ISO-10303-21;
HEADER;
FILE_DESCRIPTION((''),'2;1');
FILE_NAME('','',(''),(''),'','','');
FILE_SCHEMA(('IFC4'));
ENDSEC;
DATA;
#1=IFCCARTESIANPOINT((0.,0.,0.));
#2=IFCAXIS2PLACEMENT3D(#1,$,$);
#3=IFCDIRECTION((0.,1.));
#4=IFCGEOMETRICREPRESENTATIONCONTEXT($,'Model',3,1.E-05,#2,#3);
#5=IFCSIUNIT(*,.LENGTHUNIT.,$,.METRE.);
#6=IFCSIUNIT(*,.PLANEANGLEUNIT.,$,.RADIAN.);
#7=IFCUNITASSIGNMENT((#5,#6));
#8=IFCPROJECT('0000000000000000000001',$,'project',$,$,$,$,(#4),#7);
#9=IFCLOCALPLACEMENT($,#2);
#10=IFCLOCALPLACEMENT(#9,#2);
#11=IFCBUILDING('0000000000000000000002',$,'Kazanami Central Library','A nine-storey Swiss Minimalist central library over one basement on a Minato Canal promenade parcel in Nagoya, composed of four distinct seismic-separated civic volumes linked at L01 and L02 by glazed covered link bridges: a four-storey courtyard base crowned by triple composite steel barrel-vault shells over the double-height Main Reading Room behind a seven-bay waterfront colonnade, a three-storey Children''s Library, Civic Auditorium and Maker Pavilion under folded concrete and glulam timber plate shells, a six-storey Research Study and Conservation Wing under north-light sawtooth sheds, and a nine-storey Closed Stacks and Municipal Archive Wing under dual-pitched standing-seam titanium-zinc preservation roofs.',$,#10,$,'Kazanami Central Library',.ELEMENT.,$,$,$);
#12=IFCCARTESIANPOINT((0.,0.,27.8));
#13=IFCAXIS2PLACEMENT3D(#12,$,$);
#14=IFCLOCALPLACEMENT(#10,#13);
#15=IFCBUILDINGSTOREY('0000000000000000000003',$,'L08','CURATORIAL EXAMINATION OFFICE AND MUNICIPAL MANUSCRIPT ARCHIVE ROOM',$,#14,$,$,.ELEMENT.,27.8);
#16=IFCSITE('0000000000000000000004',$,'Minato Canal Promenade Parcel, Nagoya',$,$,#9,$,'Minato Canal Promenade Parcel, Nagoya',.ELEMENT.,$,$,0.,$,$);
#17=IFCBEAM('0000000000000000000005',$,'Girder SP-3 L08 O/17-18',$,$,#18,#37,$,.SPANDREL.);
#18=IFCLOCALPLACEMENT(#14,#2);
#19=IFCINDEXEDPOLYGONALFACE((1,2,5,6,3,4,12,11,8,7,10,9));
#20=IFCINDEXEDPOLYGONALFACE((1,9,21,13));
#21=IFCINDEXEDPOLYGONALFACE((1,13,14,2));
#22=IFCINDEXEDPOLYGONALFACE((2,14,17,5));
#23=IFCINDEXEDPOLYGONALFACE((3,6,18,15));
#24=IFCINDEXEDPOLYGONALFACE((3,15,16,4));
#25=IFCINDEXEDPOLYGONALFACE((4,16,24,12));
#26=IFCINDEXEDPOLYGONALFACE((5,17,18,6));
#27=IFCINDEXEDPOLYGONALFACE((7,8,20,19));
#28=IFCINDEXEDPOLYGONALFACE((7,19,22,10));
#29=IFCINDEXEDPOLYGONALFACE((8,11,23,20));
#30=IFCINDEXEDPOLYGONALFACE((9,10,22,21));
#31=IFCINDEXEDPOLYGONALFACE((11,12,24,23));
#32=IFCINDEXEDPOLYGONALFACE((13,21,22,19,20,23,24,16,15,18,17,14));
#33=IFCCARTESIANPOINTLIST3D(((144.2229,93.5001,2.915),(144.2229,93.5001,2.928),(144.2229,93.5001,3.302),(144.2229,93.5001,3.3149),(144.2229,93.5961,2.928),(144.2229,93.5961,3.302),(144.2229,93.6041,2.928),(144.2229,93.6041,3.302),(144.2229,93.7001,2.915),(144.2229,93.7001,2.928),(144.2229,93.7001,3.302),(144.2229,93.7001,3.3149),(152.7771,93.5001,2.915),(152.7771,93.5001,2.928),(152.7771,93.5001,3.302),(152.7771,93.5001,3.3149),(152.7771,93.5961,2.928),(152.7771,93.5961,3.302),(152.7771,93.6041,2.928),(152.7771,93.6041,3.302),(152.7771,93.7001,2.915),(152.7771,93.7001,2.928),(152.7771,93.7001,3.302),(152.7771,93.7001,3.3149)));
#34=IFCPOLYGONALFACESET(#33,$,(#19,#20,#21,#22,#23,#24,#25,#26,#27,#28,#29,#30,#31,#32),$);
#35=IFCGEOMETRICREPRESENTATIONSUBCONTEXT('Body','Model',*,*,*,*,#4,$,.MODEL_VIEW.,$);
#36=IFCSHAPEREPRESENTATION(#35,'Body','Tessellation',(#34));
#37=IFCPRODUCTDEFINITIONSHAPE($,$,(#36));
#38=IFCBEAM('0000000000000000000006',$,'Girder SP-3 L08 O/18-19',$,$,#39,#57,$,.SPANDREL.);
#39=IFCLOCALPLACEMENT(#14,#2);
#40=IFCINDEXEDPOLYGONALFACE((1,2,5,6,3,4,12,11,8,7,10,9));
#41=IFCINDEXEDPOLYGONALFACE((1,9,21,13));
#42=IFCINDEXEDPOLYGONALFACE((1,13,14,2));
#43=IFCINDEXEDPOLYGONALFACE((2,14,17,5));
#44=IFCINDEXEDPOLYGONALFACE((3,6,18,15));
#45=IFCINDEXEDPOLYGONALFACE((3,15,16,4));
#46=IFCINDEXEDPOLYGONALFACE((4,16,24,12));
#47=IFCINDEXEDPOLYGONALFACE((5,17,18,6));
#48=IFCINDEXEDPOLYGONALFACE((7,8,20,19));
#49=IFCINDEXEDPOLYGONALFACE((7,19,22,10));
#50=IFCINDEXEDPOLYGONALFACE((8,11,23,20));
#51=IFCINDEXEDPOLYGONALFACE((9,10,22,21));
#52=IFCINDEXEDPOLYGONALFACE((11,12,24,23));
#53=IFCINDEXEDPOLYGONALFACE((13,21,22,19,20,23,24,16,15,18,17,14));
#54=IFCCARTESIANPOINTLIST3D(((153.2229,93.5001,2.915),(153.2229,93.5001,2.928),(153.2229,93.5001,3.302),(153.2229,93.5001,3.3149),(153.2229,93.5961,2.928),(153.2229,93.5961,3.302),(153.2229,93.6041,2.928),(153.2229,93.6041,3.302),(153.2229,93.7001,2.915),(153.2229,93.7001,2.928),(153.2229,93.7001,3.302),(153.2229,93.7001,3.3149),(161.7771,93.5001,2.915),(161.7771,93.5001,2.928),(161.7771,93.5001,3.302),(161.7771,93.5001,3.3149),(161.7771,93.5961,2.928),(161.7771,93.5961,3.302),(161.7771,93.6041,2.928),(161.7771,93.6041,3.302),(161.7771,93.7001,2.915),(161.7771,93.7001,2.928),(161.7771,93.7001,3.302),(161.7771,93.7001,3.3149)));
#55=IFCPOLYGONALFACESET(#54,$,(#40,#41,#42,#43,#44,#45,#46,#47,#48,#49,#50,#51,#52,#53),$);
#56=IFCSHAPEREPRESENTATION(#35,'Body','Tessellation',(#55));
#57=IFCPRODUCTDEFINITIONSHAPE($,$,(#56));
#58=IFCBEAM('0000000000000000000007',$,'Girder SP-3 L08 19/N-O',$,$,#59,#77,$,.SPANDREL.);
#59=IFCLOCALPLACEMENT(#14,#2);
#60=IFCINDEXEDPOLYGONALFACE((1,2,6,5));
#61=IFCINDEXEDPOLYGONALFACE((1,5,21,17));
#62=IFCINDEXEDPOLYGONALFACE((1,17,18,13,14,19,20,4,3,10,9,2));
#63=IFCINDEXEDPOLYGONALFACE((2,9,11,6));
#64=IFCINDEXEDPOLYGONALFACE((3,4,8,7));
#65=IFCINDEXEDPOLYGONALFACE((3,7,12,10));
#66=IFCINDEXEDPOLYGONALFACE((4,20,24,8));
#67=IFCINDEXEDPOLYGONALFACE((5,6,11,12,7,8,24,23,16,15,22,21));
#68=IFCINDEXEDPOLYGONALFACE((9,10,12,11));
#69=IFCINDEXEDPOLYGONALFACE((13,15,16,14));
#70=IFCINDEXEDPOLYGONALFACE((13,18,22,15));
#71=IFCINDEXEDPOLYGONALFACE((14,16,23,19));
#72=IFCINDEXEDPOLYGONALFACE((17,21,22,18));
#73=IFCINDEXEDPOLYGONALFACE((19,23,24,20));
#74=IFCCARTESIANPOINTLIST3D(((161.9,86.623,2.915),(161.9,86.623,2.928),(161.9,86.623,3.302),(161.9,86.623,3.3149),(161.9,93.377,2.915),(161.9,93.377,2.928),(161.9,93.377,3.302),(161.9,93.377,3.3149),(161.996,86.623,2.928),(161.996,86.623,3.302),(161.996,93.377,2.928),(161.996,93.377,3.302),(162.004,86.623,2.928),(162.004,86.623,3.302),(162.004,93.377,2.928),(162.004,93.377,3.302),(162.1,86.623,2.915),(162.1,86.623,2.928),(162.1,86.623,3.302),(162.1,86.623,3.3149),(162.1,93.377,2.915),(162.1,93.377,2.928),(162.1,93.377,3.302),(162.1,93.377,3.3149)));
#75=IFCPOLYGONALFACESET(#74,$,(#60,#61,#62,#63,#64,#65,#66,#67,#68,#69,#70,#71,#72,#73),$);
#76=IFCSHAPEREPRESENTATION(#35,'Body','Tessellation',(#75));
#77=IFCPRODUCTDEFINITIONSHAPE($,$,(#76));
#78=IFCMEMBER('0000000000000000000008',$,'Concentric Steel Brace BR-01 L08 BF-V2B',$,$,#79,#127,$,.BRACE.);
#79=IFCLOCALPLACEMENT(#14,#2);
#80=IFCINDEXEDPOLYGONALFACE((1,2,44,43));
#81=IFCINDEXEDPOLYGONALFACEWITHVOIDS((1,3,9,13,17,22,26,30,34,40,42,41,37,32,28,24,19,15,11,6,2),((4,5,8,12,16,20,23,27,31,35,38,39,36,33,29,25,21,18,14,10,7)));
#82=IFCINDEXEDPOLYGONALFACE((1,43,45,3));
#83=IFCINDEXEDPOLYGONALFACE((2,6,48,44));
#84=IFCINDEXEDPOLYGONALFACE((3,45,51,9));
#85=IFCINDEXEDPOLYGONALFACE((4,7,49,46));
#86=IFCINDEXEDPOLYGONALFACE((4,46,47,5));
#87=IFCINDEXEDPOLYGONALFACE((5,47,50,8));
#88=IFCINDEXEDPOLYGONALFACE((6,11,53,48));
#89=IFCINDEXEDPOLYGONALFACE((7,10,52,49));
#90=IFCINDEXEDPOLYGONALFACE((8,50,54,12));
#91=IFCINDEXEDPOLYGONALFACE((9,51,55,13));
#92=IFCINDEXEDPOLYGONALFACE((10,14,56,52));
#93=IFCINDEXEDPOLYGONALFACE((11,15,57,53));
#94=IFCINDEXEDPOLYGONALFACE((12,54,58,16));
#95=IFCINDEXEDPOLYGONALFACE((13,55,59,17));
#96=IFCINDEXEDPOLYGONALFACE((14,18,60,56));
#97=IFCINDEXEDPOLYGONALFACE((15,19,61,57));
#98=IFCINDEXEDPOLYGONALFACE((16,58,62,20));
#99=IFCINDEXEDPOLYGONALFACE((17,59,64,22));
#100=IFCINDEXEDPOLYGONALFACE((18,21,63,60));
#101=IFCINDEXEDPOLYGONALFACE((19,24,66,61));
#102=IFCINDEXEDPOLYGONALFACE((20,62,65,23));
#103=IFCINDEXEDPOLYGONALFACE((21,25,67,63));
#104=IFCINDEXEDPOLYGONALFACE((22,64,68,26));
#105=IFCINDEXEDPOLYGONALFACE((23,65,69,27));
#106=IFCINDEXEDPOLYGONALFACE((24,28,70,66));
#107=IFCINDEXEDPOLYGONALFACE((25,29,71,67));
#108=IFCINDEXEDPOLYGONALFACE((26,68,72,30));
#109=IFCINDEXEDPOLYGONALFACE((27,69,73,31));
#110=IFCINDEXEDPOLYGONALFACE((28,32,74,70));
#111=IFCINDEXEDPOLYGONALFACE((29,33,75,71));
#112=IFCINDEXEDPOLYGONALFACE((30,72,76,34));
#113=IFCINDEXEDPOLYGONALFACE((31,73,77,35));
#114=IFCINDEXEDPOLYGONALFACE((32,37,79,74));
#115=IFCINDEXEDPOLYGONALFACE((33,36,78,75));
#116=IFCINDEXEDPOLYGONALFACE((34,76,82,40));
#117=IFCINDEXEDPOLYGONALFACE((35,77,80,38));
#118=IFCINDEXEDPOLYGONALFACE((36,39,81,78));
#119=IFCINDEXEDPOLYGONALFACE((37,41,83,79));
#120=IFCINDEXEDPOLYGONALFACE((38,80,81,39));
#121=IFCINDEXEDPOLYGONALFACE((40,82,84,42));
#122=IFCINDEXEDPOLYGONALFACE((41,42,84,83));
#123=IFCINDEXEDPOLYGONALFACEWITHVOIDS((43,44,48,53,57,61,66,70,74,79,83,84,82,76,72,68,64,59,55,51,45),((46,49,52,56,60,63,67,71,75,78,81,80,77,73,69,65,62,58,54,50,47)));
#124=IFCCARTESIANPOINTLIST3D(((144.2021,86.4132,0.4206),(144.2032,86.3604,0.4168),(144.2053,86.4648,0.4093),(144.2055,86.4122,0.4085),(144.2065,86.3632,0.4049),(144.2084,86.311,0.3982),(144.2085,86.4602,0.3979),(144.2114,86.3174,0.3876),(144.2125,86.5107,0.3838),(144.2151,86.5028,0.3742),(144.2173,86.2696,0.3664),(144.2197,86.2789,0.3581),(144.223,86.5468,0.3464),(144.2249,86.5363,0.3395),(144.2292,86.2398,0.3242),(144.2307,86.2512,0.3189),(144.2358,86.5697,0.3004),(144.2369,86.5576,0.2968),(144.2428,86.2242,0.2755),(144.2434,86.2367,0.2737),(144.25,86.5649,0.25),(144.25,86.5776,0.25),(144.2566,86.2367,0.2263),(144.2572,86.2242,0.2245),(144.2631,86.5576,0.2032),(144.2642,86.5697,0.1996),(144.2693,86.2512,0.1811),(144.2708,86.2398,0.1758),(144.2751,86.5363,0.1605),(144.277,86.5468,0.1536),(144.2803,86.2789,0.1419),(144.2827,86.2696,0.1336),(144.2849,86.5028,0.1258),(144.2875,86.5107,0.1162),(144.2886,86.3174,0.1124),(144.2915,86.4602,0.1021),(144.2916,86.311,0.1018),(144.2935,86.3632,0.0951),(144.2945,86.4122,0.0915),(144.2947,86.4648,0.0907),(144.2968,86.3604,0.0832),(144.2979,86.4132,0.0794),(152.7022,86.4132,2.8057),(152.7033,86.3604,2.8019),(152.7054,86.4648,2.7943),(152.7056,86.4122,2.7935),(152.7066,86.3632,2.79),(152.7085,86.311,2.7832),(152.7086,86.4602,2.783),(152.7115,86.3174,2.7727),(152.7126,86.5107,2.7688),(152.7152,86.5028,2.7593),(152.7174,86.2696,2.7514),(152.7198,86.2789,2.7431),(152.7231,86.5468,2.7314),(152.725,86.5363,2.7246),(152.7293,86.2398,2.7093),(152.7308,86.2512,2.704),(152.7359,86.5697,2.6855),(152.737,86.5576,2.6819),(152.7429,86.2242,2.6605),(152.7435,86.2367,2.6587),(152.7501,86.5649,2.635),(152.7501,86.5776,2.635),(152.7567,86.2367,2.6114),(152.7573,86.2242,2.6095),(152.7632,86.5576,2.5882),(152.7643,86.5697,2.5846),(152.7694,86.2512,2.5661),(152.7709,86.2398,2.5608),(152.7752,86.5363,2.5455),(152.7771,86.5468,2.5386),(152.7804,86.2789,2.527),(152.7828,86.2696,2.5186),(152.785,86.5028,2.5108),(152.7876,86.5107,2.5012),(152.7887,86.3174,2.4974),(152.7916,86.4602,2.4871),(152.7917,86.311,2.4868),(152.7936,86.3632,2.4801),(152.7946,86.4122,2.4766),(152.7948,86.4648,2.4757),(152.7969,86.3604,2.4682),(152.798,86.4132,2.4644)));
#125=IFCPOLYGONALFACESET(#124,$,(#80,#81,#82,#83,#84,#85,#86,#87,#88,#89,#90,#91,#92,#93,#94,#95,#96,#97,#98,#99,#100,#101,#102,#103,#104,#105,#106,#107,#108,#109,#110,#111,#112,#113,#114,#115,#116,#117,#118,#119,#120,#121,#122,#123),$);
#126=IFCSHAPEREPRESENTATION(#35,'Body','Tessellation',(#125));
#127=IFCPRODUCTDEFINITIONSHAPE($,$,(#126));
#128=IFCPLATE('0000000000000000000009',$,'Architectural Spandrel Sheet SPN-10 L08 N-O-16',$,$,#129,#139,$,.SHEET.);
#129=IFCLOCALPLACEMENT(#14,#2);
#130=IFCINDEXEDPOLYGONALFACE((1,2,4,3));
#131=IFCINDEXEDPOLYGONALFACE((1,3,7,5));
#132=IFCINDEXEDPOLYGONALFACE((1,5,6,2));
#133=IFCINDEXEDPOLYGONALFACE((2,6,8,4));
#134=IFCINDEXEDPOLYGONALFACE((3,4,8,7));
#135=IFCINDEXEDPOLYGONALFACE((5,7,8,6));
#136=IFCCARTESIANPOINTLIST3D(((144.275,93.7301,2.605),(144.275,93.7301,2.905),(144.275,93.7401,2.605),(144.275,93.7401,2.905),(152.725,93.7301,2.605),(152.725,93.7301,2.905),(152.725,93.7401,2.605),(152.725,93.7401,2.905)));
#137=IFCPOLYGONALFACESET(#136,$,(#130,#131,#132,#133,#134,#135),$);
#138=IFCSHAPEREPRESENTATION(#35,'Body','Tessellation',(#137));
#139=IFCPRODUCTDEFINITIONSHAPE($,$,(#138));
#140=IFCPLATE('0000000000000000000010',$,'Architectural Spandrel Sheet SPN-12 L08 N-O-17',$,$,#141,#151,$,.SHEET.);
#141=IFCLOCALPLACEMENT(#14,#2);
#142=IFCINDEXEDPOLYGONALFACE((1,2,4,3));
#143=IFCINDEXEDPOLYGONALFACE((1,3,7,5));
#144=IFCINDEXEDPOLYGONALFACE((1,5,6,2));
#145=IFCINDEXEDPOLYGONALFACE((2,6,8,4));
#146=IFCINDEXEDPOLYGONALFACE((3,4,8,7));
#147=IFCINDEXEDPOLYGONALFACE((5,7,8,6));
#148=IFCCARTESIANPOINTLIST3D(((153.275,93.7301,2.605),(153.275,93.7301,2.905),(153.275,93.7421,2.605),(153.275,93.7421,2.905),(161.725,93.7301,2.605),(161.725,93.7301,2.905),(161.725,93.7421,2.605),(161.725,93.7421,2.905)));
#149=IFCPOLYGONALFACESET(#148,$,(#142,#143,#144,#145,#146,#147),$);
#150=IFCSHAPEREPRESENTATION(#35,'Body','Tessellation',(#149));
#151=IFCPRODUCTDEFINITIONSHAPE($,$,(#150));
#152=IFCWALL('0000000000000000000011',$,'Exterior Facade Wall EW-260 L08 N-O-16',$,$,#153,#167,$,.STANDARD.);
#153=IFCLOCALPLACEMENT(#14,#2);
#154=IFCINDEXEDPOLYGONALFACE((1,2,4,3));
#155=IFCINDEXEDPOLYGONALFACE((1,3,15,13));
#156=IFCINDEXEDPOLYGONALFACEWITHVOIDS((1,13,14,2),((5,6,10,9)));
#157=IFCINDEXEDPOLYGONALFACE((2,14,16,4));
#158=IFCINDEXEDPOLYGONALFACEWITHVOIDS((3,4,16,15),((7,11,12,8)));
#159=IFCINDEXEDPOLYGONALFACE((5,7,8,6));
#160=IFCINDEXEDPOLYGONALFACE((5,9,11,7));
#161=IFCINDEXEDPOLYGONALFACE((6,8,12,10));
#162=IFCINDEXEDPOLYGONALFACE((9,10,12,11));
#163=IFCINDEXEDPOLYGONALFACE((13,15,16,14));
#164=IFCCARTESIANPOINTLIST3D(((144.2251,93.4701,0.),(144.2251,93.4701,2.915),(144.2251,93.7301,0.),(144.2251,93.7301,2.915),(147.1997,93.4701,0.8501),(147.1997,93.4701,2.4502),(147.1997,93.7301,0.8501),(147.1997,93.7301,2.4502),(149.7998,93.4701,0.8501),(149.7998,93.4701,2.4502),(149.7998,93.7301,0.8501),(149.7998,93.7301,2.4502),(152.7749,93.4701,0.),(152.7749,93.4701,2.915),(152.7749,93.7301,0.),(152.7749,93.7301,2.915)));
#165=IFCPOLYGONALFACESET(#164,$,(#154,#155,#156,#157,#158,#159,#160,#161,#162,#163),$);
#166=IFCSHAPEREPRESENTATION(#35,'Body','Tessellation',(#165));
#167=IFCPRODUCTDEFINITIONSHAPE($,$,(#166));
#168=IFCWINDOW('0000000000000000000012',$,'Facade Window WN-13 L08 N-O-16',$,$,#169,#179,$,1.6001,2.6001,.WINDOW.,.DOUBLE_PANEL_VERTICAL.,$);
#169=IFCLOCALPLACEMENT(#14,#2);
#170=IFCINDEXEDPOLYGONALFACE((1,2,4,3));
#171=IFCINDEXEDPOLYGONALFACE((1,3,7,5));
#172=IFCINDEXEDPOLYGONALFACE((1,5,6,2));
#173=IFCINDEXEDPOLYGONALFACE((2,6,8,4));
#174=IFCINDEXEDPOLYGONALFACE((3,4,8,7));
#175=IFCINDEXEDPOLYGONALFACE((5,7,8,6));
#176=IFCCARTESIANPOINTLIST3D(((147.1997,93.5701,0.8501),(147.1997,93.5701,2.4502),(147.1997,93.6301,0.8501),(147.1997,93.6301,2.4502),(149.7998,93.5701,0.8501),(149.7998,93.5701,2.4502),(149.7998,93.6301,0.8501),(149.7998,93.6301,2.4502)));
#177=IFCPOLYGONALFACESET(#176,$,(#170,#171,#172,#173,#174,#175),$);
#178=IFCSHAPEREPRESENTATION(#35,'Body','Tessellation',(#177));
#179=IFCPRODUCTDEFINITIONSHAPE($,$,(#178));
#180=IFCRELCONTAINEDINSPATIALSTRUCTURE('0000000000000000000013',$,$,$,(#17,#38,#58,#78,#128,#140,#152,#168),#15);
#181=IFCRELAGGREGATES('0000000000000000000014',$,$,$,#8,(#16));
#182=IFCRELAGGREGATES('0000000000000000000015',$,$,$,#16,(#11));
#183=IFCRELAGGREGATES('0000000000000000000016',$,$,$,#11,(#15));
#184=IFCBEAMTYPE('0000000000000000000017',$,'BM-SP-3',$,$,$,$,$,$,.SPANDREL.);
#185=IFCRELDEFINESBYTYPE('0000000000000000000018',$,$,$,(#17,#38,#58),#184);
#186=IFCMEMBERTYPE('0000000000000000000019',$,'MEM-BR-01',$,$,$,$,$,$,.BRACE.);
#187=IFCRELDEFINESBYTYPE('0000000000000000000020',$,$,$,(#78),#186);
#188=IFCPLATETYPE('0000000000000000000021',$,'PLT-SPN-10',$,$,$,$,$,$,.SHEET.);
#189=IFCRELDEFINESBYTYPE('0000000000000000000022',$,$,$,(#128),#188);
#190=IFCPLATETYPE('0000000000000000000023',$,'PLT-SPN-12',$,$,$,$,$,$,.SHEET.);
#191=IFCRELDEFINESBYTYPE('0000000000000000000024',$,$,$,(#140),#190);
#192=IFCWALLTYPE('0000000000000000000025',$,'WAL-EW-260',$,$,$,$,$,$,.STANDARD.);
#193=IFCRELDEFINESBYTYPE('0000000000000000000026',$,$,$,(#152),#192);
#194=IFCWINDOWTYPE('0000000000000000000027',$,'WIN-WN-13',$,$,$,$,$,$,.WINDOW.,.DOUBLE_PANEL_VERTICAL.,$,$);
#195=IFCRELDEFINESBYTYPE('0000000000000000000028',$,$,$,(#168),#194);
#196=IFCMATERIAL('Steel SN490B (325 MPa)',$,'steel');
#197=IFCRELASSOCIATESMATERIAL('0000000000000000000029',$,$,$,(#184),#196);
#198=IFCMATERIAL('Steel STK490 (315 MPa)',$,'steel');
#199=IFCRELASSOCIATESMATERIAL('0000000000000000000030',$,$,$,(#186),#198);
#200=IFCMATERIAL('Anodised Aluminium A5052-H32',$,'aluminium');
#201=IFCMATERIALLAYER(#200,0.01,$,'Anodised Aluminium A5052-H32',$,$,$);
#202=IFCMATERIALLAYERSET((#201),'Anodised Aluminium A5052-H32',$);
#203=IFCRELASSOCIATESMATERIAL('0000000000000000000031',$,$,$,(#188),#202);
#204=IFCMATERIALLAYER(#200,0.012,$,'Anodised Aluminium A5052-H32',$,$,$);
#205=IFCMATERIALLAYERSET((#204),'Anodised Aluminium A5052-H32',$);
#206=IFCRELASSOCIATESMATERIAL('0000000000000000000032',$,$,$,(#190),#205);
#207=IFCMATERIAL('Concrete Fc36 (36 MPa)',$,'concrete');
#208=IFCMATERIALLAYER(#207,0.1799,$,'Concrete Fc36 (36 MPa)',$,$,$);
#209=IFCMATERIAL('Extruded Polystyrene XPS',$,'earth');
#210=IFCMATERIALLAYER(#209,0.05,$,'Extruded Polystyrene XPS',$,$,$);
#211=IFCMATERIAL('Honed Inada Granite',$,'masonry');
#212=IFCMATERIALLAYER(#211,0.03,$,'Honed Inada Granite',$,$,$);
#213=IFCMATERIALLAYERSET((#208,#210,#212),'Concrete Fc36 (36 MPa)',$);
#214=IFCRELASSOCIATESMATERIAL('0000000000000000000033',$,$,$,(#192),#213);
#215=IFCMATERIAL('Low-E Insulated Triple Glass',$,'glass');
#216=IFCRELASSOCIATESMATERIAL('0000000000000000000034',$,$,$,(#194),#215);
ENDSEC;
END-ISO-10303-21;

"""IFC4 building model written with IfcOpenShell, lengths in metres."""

from ifc_helpers import new_model, si_unit, direction, frame, frame_2d, origin, origin_2d, place, context, subcontext, project, spatial, rectangle, hollow_circle, i_section, extrude, material, layer, layer_set, material_profile, profile_set, type_object, element, fill, save


model = new_model("IFC4")

# Units and contexts
model_context = context("Model", 3, precision=1e-05, world=origin(), true_north=direction((0.0, 1.0)))
body_context = subcontext(model_context, "Body", "Model", "MODEL_VIEW")
ifc_project = project(units=[si_unit("LENGTHUNIT", "METRE"), si_unit("PLANEANGLEUNIT", "RADIAN")], contexts=[model_context])

# Site, building, storey
site_placement = place(None, origin())
site = spatial("IfcSite", under=ifc_project, at=site_placement, Name="Minato Canal Promenade Parcel, Nagoya", LongName="Minato Canal Promenade Parcel, Nagoya", CompositionType="ELEMENT", RefElevation=0.0)
building_placement = place(site_placement, origin())
building = spatial("IfcBuilding", under=site, at=building_placement, Name="Kazanami Central Library", Description="A nine-storey Swiss Minimalist central library over one basement on a Minato Canal promenade parcel in Nagoya, composed of four distinct seismic-separated civic volumes linked at L01 and L02 by glazed covered link bridges: a four-storey courtyard base crowned by triple composite steel barrel-vault shells over the double-height Main Reading Room behind a seven-bay waterfront colonnade, a three-storey Children's Library, Civic Auditorium and Maker Pavilion under folded concrete and glulam timber plate shells, a six-storey Research Study and Conservation Wing under north-light sawtooth sheds, and a nine-storey Closed Stacks and Municipal Archive Wing under dual-pitched standing-seam titanium-zinc preservation roofs.", LongName="Kazanami Central Library", CompositionType="ELEMENT")
storey_placement = place(building_placement, frame((0.0, 0.0, 27.8)))
storey = spatial("IfcBuildingStorey", under=building, at=storey_placement, Name="L08", Description="CURATORIAL EXAMINATION OFFICE AND MUNICIPAL MANUSCRIPT ARCHIVE ROOM", CompositionType="ELEMENT", Elevation=27.8)

# Beams
ifc_material_1 = material(Name="Steel SN490B (325 MPa)", Category="steel")
ifc_material_profile_1 = material_profile(ifc_material_1, i_section(OverallWidth=0.2, OverallDepth=0.3999, WebThickness=0.0081, FlangeThickness=0.0129, at=origin_2d()), Name="H-400x200x8x13")
ifc_profile_set_1 = profile_set([ifc_material_profile_1], Name="Steel SN490B (325 MPa)")
beam_type_1 = type_object("IfcBeamType", Name="BM-SP-3", PredefinedType="SPANDREL", material=ifc_profile_set_1)
for number, where, z_axis, x_axis, name in (
    (1, (144.2229, 93.6001, 3.115), (1.0, 0.0, 0.0), (0.0, 1.0, 0.0), "Girder SP-3 L08 O/17-18"),
    (2, (153.2229, 93.6001, 3.115), (1.0, 0.0, 0.0), (0.0, 1.0, 0.0), "Girder SP-3 L08 O/18-19"),
):
    element("IfcBeam", number, at=place(storey_placement, frame(where, z_axis=z_axis, x_axis=x_axis)), inside=storey, type_object=beam_type_1, Name=name, PredefinedType="SPANDREL", context=body_context, shape_type="SweptSolid", body=[
        extrude(i_section(OverallWidth=0.2, OverallDepth=0.3999, WebThickness=0.0081, FlangeThickness=0.0129, at=origin_2d()), origin(), (0.0, 0.0, 1.0), 8.5542),
    ])
beam_1_placement = place(storey_placement, frame((162.0, 86.623, 3.115), z_axis=(0.0, 1.0, 0.0), x_axis=(-1.0, 0.0, 0.0)))
element("IfcBeam", 3, at=beam_1_placement, inside=storey, type_object=beam_type_1, Name="Girder SP-3 L08 19/N-O", PredefinedType="SPANDREL", context=body_context, shape_type="SweptSolid", body=[
    extrude(i_section(OverallWidth=0.2, OverallDepth=0.3999, WebThickness=0.0081, FlangeThickness=0.0129, at=origin_2d()), origin(), (0.0, 0.0, 1.0), 6.7539),
])

# Member
ifc_material_2 = material(Name="Steel STK490 (315 MPa)", Category="steel")
ifc_material_profile_2 = material_profile(ifc_material_2, hollow_circle(Radius=0.1777, WallThickness=0.0127, at=origin_2d()), Name="CHS-355.6x12.7")
ifc_profile_set_2 = profile_set([ifc_material_profile_2], Name="Steel STK490 (315 MPa)")
member_type = type_object("IfcMemberType", Name="MEM-BR-01", PredefinedType="BRACE", material=ifc_profile_set_2)
member_placement = place(storey_placement, frame((144.25, 86.3999, 0.25), z_axis=(0.962817, 0.0, 0.270156), x_axis=(0.0, 1.0, 0.0)))
element("IfcMember", 4, at=member_placement, inside=storey, type_object=member_type, Name="Concentric Steel Brace BR-01 L08 BF-V2B", PredefinedType="BRACE", context=body_context, shape_type="SweptSolid", body=[
    extrude(hollow_circle(Radius=0.1777, WallThickness=0.0127, at=origin_2d()), origin(), (0.0, 0.0, 1.0), 8.8284),
])

# Plates
ifc_material_3 = material(Name="Anodised Aluminium A5052-H32", Category="aluminium")
ifc_layer_1 = layer(ifc_material_3, 0.01, Name="Anodised Aluminium A5052-H32")
ifc_layer_set_1 = layer_set([ifc_layer_1], Name="Anodised Aluminium A5052-H32")
plate_type_1 = type_object("IfcPlateType", Name="PLT-SPN-10", PredefinedType="SHEET", material=ifc_layer_set_1)
plate_1_placement = place(storey_placement, frame((148.5, 93.7351, 2.605), z_axis=(0.0, 0.0, 1.0), x_axis=(-1.0, 0.0, 0.0)))
element("IfcPlate", 5, at=plate_1_placement, inside=storey, type_object=plate_type_1, Name="Architectural Spandrel Sheet SPN-10 L08 N-O-16", PredefinedType="SHEET", context=body_context, shape_type="SweptSolid", body=[
    extrude(rectangle(XDim=8.45, YDim=0.01, at=origin_2d()), origin(), (0.0, 0.0, 1.0), 0.3),
])
ifc_layer_2 = layer(ifc_material_3, 0.012, Name="Anodised Aluminium A5052-H32")
ifc_layer_set_2 = layer_set([ifc_layer_2], Name="Anodised Aluminium A5052-H32")
plate_type_2 = type_object("IfcPlateType", Name="PLT-SPN-12", PredefinedType="SHEET", material=ifc_layer_set_2)
plate_2_placement = place(storey_placement, frame((157.5, 93.7361, 2.605), z_axis=(0.0, 0.0, 1.0), x_axis=(-1.0, 0.0, 0.0)))
element("IfcPlate", 6, at=plate_2_placement, inside=storey, type_object=plate_type_2, Name="Architectural Spandrel Sheet SPN-12 L08 N-O-17", PredefinedType="SHEET", context=body_context, shape_type="SweptSolid", body=[
    extrude(rectangle(XDim=8.45, YDim=0.012, at=origin_2d()), origin(), (0.0, 0.0, 1.0), 0.3),
])

# Wall, opening, window
ifc_material_4 = material(Name="Concrete Fc36 (36 MPa)", Category="concrete")
ifc_layer_3 = layer(ifc_material_4, 0.1799, Name="Concrete Fc36 (36 MPa)")
ifc_material_5 = material(Name="Extruded Polystyrene XPS", Category="earth")
ifc_layer_4 = layer(ifc_material_5, 0.05, Name="Extruded Polystyrene XPS")
ifc_material_6 = material(Name="Honed Inada Granite", Category="masonry")
ifc_layer_5 = layer(ifc_material_6, 0.03, Name="Honed Inada Granite")
ifc_layer_set_3 = layer_set([ifc_layer_3, ifc_layer_4, ifc_layer_5], Name="Concrete Fc36 (36 MPa)")
wall_type_1 = type_object("IfcWallType", Name="WAL-EW-260", PredefinedType="STANDARD", material=ifc_layer_set_3)
wall_1_placement = place(storey_placement, frame((152.7749, 93.6001, 0.0), z_axis=(0.0, 0.0, 1.0), x_axis=(-1.0, 0.0, 0.0)))
wall_1 = element("IfcWall", 7, at=wall_1_placement, inside=storey, type_object=wall_type_1, Name="Exterior Facade Wall EW-260 L08 N-O-16", PredefinedType="STANDARD", context=body_context, shape_type="SweptSolid", body=[
    extrude(rectangle(XDim=8.5498, YDim=0.26, at=frame_2d((4.2749, 0.0))), origin(), (0.0, 0.0, 1.0), 2.915),
])
opening_1_placement = place(wall_1_placement, frame((2.9751, 0.0, 0.8501)))
opening_1 = element("IfcOpeningElement", 8, at=opening_1_placement, cuts=wall_1, PredefinedType="OPENING", context=body_context, shape_type="SweptSolid", body=[
    extrude(rectangle(XDim=2.6001, YDim=1.6001, at=frame_2d((1.3, 0.8))), frame((0.0, 0.1421, 0.0), z_axis=(0.0, -1.0, 0.0), x_axis=(1.0, 0.0, 0.0)), (0.0, 0.0, 1.0), 0.2839),
])
ifc_material_7 = material(Name="Low-E Insulated Triple Glass", Category="glass")
window_type = type_object("IfcWindowType", Name="WIN-WN-13", PartitioningType="DOUBLE_PANEL_VERTICAL", PredefinedType="WINDOW", material=ifc_material_7)
window_1_placement = place(opening_1_placement, origin())
window_1 = element("IfcWindow", 9, at=window_1_placement, inside=storey, type_object=window_type, Name="Facade Window WN-13 L08 N-O-16", OverallHeight=1.6001, OverallWidth=2.6001, PartitioningType="DOUBLE_PANEL_VERTICAL", PredefinedType="WINDOW", context=body_context, shape_type="SweptSolid", body=[
    extrude(rectangle(XDim=2.6001, YDim=1.6001, at=frame_2d((1.3, 0.8))), frame((0.0, 0.03, 0.0), z_axis=(0.0, -1.0, 0.0), x_axis=(1.0, 0.0, 0.0)), (0.0, 0.0, 1.0), 0.0601),
])
fill(opening_1, window_1)

save(model, "model.ifc")
